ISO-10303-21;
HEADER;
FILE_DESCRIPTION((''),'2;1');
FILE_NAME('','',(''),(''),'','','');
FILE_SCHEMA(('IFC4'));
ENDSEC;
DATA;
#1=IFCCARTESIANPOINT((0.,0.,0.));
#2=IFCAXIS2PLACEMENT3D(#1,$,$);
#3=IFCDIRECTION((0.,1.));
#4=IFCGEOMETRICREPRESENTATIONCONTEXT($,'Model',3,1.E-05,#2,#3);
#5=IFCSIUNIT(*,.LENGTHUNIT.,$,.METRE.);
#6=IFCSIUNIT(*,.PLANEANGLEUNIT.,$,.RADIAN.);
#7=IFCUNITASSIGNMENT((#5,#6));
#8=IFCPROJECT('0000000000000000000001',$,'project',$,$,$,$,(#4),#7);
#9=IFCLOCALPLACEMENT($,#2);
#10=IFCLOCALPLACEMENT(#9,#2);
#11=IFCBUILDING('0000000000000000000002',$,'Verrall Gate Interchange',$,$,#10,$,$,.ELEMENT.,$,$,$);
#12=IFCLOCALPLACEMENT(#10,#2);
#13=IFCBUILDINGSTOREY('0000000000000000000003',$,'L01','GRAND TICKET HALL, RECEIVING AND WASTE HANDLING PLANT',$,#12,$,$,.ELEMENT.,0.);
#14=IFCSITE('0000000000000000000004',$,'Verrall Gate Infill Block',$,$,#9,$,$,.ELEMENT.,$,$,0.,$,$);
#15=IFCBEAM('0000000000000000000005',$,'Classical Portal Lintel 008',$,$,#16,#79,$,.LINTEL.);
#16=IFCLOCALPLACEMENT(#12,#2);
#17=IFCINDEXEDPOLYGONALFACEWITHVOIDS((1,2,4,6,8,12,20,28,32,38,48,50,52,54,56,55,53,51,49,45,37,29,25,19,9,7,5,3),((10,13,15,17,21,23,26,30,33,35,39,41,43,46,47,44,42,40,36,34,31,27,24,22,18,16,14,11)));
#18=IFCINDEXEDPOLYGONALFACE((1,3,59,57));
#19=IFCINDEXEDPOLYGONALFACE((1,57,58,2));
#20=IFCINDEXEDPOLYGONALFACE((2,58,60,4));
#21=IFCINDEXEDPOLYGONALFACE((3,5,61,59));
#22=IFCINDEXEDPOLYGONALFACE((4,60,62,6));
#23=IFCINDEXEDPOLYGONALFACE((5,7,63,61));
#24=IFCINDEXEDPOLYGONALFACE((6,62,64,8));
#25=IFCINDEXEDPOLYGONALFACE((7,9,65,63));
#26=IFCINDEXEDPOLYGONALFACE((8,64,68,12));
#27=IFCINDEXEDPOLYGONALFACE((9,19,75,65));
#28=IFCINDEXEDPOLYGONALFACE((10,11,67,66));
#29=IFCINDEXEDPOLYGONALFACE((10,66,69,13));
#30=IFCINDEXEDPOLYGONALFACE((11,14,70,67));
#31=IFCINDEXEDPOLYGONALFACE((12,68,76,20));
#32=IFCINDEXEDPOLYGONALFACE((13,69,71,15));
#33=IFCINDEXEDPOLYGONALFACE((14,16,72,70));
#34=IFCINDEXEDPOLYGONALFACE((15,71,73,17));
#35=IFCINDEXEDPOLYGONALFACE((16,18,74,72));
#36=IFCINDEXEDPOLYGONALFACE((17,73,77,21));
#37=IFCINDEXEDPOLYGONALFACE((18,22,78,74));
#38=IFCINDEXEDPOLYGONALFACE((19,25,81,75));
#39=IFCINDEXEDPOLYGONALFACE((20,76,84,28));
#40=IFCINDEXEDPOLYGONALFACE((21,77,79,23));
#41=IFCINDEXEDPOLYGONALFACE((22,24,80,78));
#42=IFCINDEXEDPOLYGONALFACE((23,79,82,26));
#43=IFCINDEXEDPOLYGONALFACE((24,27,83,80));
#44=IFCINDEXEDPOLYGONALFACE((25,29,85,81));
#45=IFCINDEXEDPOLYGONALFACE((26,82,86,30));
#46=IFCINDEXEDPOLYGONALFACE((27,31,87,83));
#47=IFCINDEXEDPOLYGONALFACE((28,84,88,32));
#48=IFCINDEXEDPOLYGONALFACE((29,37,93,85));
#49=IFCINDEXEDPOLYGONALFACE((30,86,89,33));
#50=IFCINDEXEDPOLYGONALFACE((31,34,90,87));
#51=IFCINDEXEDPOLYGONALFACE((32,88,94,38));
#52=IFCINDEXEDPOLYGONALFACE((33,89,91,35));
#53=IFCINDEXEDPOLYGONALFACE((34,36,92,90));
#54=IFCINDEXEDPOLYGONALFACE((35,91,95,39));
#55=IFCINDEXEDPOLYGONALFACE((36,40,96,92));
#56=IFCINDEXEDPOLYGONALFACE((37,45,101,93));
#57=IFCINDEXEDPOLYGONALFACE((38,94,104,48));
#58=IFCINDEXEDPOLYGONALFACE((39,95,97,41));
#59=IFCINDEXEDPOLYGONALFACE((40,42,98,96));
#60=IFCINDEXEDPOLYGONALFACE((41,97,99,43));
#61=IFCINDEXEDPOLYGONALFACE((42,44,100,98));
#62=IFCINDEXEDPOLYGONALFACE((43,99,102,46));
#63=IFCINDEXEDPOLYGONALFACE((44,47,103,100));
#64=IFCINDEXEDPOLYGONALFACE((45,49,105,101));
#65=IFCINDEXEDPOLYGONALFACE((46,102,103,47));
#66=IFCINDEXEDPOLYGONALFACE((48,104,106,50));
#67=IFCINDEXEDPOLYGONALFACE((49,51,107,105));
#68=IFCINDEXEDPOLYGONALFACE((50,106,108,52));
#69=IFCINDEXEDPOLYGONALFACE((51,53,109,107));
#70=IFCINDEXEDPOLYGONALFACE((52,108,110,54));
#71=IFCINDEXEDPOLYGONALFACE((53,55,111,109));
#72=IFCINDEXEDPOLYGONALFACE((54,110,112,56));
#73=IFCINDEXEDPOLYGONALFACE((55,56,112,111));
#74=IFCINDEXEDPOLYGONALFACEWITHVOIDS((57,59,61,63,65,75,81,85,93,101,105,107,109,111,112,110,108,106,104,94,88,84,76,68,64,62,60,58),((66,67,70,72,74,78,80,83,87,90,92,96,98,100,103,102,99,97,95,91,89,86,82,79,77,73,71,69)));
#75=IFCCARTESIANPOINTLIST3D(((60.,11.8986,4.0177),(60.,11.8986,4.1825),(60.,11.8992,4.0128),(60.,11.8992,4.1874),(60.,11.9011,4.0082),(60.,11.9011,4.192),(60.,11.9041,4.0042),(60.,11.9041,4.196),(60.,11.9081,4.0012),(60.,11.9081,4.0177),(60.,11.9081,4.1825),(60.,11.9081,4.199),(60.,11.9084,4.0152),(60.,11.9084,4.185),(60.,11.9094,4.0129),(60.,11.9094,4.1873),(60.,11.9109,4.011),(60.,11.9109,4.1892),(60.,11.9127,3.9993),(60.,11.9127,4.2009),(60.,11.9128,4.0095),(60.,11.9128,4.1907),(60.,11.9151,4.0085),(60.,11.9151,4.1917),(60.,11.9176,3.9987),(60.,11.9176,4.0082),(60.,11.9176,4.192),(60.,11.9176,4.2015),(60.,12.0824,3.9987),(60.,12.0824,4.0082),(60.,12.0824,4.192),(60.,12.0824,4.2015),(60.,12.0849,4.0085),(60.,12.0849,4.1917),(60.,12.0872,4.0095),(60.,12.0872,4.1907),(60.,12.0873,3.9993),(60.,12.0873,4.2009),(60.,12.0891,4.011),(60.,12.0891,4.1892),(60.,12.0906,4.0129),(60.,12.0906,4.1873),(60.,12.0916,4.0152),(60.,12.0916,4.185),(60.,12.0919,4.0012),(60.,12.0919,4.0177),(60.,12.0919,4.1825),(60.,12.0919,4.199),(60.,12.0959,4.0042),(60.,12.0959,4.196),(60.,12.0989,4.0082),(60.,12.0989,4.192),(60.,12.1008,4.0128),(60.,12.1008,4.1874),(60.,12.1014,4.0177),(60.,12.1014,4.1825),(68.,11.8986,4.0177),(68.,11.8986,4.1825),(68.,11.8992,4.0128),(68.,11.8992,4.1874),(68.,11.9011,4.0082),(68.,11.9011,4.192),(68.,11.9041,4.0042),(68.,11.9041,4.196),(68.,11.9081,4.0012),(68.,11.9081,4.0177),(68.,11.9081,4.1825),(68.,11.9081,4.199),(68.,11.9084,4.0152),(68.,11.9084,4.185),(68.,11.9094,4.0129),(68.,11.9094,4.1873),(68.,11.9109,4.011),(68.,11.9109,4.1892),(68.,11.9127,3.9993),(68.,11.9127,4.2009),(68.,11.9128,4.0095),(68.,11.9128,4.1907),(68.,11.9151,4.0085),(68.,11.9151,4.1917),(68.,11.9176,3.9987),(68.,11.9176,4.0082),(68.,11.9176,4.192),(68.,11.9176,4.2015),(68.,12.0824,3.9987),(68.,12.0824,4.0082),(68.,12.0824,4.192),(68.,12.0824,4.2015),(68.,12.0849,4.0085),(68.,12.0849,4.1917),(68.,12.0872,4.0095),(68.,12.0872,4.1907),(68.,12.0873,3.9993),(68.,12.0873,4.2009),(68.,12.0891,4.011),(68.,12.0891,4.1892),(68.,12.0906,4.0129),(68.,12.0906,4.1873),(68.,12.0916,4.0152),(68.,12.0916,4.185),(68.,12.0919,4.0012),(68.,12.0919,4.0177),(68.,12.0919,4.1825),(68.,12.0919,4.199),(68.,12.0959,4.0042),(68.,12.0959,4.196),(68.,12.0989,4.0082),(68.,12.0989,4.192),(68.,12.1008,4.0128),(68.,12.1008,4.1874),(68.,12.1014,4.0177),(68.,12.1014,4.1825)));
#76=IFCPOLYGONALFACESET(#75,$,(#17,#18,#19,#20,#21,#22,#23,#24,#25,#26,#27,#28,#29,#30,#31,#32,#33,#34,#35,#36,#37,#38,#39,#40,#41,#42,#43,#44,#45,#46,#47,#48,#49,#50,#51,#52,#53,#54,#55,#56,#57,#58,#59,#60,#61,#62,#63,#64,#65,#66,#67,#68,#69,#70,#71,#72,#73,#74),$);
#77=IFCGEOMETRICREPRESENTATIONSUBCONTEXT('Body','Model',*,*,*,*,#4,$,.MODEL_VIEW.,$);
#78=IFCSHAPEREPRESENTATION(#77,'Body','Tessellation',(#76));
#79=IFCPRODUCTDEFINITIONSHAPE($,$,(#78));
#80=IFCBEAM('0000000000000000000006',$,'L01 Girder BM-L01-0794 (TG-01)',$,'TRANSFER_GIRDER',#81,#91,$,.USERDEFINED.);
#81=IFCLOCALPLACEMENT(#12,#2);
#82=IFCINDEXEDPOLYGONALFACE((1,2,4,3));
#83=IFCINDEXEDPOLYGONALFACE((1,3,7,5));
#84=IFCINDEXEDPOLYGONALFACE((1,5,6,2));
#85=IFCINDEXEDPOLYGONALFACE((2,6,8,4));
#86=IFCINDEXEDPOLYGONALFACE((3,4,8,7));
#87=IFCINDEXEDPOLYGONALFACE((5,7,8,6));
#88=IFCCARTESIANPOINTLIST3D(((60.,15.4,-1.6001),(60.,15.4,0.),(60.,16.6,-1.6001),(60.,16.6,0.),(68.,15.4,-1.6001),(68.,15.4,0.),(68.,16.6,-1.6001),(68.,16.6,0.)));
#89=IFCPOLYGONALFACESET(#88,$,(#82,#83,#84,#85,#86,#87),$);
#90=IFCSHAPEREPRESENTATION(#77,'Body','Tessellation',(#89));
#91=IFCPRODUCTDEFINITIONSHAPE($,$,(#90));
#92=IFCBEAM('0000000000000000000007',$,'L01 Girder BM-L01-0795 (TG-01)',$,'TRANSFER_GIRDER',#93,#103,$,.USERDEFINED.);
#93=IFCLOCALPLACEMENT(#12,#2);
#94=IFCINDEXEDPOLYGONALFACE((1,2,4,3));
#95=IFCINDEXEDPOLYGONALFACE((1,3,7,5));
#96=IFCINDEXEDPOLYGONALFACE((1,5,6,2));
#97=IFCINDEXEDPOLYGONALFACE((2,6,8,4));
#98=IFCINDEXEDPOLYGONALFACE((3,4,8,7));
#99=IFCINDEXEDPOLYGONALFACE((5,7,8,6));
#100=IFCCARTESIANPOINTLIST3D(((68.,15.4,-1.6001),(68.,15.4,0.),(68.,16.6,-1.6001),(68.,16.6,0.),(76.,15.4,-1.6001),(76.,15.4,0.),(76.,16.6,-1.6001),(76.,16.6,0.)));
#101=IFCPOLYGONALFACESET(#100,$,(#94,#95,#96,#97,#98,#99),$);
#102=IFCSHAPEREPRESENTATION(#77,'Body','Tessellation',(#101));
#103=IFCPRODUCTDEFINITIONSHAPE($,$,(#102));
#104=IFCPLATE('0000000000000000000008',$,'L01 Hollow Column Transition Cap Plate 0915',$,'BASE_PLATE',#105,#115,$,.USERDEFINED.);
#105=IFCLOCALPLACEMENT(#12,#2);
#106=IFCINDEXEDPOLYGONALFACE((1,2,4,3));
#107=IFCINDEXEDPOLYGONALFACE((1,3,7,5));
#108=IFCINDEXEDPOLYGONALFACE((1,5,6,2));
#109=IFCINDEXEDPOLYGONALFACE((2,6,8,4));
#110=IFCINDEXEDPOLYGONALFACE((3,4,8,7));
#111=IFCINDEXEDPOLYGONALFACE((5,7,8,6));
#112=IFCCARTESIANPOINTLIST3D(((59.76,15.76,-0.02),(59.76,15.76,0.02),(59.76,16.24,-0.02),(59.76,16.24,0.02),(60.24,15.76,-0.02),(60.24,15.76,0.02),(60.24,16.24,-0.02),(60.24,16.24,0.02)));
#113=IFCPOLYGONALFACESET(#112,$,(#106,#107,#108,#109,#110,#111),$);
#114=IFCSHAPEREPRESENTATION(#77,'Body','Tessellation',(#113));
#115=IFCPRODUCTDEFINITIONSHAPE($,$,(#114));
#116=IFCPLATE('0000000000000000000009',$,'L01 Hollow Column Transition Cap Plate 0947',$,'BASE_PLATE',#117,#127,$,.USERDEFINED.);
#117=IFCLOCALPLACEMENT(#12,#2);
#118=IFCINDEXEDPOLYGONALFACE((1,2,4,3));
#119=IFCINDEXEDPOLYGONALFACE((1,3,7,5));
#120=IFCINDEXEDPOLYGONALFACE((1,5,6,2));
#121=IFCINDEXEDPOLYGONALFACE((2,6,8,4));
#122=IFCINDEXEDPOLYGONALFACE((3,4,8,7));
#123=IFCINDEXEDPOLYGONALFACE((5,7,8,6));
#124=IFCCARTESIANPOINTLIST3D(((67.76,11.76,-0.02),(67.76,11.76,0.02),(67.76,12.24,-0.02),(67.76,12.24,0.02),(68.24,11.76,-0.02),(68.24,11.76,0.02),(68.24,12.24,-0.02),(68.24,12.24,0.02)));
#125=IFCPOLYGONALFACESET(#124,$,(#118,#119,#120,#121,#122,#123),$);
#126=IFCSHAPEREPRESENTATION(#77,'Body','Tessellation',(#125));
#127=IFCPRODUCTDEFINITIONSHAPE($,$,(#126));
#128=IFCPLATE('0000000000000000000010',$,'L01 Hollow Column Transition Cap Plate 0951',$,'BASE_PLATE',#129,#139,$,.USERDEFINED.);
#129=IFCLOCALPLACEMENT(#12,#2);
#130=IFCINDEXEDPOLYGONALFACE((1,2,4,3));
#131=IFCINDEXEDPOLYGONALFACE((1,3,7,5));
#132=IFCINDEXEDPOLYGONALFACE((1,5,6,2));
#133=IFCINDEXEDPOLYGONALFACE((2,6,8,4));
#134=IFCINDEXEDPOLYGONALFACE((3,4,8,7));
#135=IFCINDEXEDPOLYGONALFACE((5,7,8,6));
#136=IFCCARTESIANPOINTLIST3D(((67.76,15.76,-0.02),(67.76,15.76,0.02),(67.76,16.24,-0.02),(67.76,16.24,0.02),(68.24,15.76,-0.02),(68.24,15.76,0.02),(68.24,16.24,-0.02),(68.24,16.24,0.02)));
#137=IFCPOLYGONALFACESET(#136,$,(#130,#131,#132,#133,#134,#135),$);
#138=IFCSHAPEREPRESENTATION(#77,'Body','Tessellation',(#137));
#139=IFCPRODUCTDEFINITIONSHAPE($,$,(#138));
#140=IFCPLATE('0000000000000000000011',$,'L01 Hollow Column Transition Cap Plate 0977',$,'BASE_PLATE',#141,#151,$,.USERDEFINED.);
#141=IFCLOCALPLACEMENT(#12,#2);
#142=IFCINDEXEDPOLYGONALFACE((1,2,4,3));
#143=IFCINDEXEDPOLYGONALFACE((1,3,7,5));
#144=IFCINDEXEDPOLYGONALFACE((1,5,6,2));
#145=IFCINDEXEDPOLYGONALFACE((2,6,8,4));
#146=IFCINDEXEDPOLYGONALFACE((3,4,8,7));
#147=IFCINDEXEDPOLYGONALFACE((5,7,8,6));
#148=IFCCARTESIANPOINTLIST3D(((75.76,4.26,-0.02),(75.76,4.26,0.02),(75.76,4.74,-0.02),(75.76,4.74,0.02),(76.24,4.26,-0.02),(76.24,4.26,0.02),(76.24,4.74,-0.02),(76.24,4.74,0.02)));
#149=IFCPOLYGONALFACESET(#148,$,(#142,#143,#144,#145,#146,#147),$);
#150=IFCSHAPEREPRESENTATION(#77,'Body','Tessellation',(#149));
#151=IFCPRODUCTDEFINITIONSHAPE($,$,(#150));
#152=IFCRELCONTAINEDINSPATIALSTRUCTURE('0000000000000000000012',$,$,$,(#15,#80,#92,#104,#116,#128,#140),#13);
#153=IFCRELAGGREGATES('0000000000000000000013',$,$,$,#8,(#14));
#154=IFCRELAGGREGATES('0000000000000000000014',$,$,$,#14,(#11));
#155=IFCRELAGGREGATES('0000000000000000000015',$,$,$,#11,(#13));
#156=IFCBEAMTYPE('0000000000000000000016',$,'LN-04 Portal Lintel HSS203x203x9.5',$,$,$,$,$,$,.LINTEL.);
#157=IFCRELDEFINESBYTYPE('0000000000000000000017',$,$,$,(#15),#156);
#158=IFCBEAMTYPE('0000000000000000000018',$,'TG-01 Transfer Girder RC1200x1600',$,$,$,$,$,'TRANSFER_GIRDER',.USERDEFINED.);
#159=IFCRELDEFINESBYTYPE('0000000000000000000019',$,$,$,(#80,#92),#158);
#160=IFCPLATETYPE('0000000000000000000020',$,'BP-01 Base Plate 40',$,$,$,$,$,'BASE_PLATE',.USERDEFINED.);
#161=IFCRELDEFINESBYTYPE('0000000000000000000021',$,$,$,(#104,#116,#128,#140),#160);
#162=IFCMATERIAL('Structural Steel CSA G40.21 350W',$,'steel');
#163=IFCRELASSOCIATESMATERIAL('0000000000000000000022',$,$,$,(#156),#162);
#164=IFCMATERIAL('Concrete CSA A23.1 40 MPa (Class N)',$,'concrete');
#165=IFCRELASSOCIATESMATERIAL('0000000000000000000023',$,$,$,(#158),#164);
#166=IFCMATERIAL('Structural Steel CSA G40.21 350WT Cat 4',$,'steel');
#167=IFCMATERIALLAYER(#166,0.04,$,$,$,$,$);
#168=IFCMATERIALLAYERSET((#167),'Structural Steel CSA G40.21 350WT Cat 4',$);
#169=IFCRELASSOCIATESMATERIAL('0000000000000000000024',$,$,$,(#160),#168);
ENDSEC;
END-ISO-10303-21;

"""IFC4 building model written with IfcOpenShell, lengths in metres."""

from ifc_helpers import new_model, si_unit, direction, frame, origin, origin_2d, place, context, subcontext, project, spatial, rectangle, hollow_rectangle, extrude, material, layer, layer_set, material_profile, profile_set, type_object, element, save


model = new_model("IFC4")

# Units and contexts
model_context = context("Model", 3, precision=1e-05, world=origin(), true_north=direction((0.0, 1.0)))
body_context = subcontext(model_context, "Body", "Model", "MODEL_VIEW")
ifc_project = project(units=[si_unit("LENGTHUNIT", "METRE"), si_unit("PLANEANGLEUNIT", "RADIAN")], contexts=[model_context])

# Site, building, storey
site_placement = place(None, origin())
site = spatial("IfcSite", under=ifc_project, at=site_placement, Name="Verrall Gate Infill Block", CompositionType="ELEMENT", RefElevation=0.0)
building_placement = place(site_placement, origin())
building = spatial("IfcBuilding", under=site, at=building_placement, Name="Verrall Gate Interchange", CompositionType="ELEMENT")
storey_placement = place(building_placement, origin())
storey = spatial("IfcBuildingStorey", under=building, at=storey_placement, Name="L01", Description="GRAND TICKET HALL, RECEIVING AND WASTE HANDLING PLANT", CompositionType="ELEMENT", Elevation=0.0)

# Beams
ifc_material_1 = material(Name="Structural Steel CSA G40.21 350W", Category="steel")
ifc_material_profile_1 = material_profile(ifc_material_1, hollow_rectangle(XDim=0.2029, YDim=0.2029, WallThickness=0.0095, InnerFilletRadius=0.0095, OuterFilletRadius=0.019, at=origin_2d()), Name="HSS203x203x9.5")
ifc_profile_set_1 = profile_set([ifc_material_profile_1], Name="Structural Steel CSA G40.21 350W")
beam_type_1 = type_object("IfcBeamType", Name="LN-04 Portal Lintel HSS203x203x9.5", PredefinedType="LINTEL", material=ifc_profile_set_1)
beam_1_placement = place(storey_placement, frame((60.0, 12.0, 4.1001), z_axis=(1.0, 0.0, 0.0), x_axis=(0.0, 1.0, 0.0)))
element("IfcBeam", 1, at=beam_1_placement, inside=storey, type_object=beam_type_1, Name="Classical Portal Lintel 008", PredefinedType="LINTEL", context=body_context, shape_type="SweptSolid", body=[
    extrude(hollow_rectangle(XDim=0.2029, YDim=0.2029, WallThickness=0.0095, InnerFilletRadius=0.0095, OuterFilletRadius=0.019, at=origin_2d()), origin(), (0.0, 0.0, 1.0), 8.0),
])
ifc_material_2 = material(Name="Concrete CSA A23.1 40 MPa (Class N)", Category="concrete")
ifc_material_profile_2 = material_profile(ifc_material_2, rectangle(XDim=1.2, YDim=1.6001, at=origin_2d()), Name="RC1200x1600")
ifc_profile_set_2 = profile_set([ifc_material_profile_2], Name="Concrete CSA A23.1 40 MPa (Class N)")
beam_type_2 = type_object("IfcBeamType", Name="TG-01 Transfer Girder RC1200x1600", ElementType="TRANSFER_GIRDER", PredefinedType="USERDEFINED", material=ifc_profile_set_2)
for number, where, z_axis, x_axis, name in (
    (2, (60.0, 16.0, -0.8), (1.0, 0.0, 0.0), (0.0, 1.0, 0.0), "L01 Girder BM-L01-0794 (TG-01)"),
    (3, (68.0, 16.0, -0.8), (1.0, 0.0, 0.0), (0.0, 1.0, 0.0), "L01 Girder BM-L01-0795 (TG-01)"),
):
    element("IfcBeam", number, at=place(storey_placement, frame(where, z_axis=z_axis, x_axis=x_axis)), inside=storey, type_object=beam_type_2, Name=name, ObjectType="TRANSFER_GIRDER", PredefinedType="USERDEFINED", context=body_context, shape_type="SweptSolid", body=[
        extrude(rectangle(XDim=1.2, YDim=1.6001, at=origin_2d()), origin(), (0.0, 0.0, 1.0), 8.0),
    ])

# Plates
ifc_material_3 = material(Name="Structural Steel CSA G40.21 350WT Cat 4", Category="steel")
ifc_layer = layer(ifc_material_3, 0.04)
ifc_layer_set = layer_set([ifc_layer], Name="Structural Steel CSA G40.21 350WT Cat 4")
plate_type = type_object("IfcPlateType", Name="BP-01 Base Plate 40", ElementType="BASE_PLATE", PredefinedType="USERDEFINED", material=ifc_layer_set)
for number, where, z_axis, x_axis, name in (
    (4, (60.0, 16.0, -0.02), (0.0, 0.0, 1.0), (1.0, 0.0, 0.0), "L01 Hollow Column Transition Cap Plate 0915"),
    (5, (68.0, 12.0, -0.02), (0.0, 0.0, 1.0), (1.0, 0.0, 0.0), "L01 Hollow Column Transition Cap Plate 0947"),
    (6, (68.0, 16.0, -0.02), (0.0, 0.0, 1.0), (1.0, 0.0, 0.0), "L01 Hollow Column Transition Cap Plate 0951"),
    (7, (76.0, 4.5, -0.02), (0.0, 0.0, 1.0), (1.0, 0.0, 0.0), "L01 Hollow Column Transition Cap Plate 0977"),
):
    element("IfcPlate", number, at=place(storey_placement, frame(where, z_axis=z_axis, x_axis=x_axis)), inside=storey, type_object=plate_type, Name=name, ObjectType="BASE_PLATE", PredefinedType="USERDEFINED", context=body_context, shape_type="SweptSolid", body=[
        extrude(rectangle(XDim=0.48, YDim=0.48, at=origin_2d()), origin(), (0.0, 0.0, 1.0), 0.04),
    ])

save(model, "model.ifc")
